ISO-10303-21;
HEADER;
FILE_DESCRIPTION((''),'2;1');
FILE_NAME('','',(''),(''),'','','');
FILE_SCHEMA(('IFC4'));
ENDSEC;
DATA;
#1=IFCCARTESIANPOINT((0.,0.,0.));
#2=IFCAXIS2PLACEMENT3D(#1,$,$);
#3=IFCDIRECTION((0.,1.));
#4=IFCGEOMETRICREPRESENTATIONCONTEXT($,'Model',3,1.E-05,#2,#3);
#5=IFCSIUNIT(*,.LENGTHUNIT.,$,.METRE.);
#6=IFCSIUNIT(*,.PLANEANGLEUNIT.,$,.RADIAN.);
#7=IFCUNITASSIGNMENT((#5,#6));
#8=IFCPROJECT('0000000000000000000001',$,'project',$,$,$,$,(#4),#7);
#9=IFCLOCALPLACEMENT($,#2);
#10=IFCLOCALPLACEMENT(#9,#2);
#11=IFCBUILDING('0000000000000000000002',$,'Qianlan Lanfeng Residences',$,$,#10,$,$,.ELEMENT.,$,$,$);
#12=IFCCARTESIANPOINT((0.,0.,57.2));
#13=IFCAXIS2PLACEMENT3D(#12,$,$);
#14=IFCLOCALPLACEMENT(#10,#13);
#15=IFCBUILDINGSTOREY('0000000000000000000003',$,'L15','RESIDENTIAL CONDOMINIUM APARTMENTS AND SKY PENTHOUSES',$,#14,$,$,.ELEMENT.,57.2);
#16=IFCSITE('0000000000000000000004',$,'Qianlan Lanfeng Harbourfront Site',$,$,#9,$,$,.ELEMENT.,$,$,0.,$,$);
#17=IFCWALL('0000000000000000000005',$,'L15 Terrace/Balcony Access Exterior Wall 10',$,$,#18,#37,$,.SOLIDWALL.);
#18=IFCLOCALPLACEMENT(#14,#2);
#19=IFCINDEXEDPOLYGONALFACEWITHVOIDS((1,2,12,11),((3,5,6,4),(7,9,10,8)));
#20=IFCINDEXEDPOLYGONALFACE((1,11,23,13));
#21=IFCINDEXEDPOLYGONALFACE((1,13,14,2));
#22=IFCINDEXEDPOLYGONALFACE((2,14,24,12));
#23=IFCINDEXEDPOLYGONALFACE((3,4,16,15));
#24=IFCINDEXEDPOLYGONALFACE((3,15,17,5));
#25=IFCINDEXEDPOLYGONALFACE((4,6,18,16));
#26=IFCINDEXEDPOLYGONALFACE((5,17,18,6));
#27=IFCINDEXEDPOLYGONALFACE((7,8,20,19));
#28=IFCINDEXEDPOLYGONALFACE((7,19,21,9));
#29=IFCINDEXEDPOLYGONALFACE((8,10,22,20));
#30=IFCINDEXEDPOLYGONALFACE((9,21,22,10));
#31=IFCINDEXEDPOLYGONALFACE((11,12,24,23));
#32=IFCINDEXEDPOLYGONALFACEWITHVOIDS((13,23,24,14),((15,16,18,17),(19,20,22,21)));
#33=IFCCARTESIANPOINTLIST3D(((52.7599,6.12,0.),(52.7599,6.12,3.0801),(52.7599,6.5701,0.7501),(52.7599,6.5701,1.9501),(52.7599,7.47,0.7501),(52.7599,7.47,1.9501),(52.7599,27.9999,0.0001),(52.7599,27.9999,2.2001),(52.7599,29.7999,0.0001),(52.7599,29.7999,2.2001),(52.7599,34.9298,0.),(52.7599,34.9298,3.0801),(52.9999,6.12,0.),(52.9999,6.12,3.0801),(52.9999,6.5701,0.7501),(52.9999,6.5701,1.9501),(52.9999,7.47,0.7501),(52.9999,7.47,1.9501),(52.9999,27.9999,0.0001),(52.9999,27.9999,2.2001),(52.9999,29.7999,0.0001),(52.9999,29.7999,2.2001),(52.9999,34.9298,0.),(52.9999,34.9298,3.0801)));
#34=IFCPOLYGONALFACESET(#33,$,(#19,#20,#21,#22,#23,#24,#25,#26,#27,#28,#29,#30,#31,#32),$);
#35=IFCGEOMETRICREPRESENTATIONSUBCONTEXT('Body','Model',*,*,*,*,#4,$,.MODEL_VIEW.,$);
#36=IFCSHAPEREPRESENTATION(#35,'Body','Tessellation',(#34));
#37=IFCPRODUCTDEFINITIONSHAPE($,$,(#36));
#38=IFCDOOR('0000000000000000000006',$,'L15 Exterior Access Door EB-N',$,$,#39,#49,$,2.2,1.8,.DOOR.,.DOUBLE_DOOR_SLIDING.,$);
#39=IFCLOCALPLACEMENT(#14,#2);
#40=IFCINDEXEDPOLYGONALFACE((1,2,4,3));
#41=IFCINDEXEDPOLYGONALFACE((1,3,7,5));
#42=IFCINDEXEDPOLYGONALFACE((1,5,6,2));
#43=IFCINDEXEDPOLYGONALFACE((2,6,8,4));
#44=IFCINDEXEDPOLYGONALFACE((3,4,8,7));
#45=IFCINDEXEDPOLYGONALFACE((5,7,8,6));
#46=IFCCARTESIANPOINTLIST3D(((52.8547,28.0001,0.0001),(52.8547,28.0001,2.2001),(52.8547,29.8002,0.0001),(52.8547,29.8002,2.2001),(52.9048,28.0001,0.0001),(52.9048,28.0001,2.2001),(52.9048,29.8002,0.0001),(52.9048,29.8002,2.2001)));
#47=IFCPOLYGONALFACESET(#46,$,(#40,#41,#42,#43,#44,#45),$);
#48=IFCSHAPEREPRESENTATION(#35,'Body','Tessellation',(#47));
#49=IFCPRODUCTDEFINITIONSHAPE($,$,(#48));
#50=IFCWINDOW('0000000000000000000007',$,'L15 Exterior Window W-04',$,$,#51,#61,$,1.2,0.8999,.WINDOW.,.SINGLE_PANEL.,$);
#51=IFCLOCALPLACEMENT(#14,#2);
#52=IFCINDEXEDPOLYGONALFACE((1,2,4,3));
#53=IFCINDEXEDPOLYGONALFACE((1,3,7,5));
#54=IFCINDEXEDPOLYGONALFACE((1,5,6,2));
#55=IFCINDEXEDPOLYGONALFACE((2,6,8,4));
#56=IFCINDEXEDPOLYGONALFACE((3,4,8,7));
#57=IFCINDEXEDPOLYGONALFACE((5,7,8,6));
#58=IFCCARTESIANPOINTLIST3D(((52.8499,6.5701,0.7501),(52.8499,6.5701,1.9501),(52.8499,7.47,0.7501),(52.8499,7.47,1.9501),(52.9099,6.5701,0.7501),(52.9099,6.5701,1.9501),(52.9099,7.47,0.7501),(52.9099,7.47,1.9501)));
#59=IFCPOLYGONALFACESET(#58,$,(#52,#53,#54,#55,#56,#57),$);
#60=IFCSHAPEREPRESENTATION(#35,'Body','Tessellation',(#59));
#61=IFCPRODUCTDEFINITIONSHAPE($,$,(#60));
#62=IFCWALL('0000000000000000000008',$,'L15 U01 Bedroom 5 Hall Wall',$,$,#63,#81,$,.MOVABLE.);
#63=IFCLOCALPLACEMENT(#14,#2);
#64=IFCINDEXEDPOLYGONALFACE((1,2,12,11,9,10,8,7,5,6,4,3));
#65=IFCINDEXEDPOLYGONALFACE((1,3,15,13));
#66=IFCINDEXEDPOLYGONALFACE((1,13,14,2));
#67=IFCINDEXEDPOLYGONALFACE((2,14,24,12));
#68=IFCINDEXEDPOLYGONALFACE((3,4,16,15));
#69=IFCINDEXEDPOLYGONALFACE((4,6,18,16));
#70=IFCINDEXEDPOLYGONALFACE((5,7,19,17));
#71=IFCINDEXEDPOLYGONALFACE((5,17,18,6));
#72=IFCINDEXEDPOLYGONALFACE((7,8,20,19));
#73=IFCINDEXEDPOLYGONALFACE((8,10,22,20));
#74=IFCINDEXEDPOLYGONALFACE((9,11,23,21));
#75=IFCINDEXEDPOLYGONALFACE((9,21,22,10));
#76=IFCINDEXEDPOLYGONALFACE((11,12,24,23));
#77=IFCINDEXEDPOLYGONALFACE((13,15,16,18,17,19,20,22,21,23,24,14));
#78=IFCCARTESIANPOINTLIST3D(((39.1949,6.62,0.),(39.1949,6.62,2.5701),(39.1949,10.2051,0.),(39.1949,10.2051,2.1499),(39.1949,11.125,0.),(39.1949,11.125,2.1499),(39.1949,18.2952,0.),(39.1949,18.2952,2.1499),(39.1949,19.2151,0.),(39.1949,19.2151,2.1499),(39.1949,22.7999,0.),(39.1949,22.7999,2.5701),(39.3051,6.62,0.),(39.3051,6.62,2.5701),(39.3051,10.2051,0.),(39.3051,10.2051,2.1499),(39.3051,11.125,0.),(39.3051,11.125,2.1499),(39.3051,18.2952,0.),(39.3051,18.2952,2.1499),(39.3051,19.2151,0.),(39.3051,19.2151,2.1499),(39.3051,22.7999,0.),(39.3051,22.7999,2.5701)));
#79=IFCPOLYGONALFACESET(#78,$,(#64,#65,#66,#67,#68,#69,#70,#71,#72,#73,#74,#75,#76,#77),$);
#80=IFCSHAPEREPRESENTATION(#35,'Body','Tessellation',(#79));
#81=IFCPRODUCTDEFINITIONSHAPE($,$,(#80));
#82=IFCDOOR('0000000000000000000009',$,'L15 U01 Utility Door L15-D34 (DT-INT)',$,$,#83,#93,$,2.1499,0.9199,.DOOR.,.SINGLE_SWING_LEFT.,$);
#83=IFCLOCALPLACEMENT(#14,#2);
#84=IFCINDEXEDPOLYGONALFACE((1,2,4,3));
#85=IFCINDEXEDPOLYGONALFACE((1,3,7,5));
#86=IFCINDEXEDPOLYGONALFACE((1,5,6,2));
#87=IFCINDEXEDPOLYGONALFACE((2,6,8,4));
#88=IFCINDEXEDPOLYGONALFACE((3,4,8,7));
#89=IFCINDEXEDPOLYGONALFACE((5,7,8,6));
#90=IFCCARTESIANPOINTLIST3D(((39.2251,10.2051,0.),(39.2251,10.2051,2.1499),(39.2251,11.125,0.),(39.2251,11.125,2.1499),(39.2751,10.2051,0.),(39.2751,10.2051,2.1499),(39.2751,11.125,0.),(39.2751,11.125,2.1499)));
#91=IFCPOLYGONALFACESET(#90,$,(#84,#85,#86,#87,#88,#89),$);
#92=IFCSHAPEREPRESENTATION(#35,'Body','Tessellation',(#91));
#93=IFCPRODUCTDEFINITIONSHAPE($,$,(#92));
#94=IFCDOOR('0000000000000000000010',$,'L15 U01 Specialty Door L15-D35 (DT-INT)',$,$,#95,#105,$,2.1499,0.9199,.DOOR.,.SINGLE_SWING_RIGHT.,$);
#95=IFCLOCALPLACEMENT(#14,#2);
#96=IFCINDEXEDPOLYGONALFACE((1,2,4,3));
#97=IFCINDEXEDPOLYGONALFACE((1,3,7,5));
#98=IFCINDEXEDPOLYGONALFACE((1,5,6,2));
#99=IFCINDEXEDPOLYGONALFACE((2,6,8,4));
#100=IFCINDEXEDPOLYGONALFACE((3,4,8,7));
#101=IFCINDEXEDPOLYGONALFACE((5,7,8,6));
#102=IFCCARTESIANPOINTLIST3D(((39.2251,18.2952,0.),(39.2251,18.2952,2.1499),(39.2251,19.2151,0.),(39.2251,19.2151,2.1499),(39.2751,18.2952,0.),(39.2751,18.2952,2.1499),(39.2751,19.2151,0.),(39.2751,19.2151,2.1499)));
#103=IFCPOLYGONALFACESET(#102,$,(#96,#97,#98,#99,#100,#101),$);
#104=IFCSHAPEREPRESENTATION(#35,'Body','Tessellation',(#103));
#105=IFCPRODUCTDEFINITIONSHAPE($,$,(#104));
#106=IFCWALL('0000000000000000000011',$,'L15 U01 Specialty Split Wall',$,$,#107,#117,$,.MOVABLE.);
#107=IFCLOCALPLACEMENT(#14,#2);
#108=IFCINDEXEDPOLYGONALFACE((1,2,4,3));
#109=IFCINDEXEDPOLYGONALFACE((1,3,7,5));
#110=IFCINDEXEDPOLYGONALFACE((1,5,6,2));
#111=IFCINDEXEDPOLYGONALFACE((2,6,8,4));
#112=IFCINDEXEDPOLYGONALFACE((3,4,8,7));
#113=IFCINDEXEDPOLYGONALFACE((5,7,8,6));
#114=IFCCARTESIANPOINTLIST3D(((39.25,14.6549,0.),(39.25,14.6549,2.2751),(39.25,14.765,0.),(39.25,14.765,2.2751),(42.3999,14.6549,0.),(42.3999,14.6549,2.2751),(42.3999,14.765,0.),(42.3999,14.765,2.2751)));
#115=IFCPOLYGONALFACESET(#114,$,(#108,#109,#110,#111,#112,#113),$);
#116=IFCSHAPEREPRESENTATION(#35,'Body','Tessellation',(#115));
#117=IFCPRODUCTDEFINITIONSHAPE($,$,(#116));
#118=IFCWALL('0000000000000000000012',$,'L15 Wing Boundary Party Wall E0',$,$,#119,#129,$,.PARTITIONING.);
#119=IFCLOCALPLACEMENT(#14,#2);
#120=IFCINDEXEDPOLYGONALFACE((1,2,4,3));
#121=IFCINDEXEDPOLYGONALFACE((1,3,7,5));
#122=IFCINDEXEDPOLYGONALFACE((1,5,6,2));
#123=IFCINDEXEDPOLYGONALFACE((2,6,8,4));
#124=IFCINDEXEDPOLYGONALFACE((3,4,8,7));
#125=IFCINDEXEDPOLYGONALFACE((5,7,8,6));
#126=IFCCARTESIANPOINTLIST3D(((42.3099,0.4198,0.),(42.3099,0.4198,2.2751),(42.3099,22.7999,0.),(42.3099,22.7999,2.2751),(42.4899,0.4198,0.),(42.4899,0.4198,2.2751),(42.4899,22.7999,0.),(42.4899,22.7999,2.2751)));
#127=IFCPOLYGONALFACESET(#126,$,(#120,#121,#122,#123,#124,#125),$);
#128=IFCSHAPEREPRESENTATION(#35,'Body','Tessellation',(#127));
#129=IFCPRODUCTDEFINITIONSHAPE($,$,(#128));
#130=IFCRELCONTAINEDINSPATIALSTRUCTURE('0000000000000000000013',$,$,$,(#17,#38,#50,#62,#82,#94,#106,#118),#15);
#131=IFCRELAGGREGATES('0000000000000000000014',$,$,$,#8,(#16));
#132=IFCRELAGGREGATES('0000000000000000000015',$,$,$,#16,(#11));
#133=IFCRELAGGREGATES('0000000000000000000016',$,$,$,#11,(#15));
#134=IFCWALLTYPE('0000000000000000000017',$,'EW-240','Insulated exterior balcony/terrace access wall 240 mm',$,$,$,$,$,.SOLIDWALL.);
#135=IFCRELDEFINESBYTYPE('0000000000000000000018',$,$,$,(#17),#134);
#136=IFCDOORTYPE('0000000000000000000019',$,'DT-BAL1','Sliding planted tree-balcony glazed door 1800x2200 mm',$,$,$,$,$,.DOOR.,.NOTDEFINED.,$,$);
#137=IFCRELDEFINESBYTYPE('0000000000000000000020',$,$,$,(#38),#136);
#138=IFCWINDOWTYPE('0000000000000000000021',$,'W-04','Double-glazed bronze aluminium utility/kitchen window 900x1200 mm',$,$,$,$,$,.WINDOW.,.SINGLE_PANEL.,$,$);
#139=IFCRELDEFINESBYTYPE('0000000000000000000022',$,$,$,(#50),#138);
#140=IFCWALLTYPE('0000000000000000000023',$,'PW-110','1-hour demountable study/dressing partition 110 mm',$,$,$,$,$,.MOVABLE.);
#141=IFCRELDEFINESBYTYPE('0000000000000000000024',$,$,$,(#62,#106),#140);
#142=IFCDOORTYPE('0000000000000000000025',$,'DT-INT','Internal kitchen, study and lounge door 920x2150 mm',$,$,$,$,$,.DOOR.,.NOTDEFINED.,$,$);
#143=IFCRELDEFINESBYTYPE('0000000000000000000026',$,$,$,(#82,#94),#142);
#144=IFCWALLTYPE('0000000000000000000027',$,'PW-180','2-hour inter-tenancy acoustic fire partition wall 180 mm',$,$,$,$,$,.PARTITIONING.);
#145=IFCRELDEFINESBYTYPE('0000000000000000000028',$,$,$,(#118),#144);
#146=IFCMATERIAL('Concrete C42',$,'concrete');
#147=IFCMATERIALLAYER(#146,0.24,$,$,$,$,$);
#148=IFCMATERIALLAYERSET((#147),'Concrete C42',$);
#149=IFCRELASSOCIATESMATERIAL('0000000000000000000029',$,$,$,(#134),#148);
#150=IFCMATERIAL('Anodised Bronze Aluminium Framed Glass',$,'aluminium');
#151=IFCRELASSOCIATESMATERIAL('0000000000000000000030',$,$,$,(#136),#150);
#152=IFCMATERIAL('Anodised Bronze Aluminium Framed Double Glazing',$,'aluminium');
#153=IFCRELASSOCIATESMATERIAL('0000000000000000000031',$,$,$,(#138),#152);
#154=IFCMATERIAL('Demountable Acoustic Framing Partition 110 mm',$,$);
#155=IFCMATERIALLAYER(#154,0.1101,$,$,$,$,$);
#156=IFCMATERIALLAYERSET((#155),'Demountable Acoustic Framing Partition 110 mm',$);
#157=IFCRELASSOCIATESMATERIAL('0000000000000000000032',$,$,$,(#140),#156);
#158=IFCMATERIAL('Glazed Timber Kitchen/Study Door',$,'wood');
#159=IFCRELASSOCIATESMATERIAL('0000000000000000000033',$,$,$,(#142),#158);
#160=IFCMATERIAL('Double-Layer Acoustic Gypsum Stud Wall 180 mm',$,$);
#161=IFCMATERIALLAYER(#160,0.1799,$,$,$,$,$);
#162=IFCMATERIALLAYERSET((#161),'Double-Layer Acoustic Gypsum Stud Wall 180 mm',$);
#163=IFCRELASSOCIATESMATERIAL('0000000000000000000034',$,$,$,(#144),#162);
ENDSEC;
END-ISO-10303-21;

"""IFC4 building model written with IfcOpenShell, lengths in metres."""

from ifc_helpers import new_model, si_unit, direction, frame, frame_2d, origin, place, context, subcontext, project, spatial, rectangle, extrude, material, layer, layer_set, type_object, element, fill, save


model = new_model("IFC4")

# Units and contexts
model_context = context("Model", 3, precision=1e-05, world=origin(), true_north=direction((0.0, 1.0)))
body_context = subcontext(model_context, "Body", "Model", "MODEL_VIEW")
ifc_project = project(units=[si_unit("LENGTHUNIT", "METRE"), si_unit("PLANEANGLEUNIT", "RADIAN")], contexts=[model_context])

# Site, building, storey
site_placement = place(None, origin())
site = spatial("IfcSite", under=ifc_project, at=site_placement, Name="Qianlan Lanfeng Harbourfront Site", CompositionType="ELEMENT", RefElevation=0.0)
building_placement = place(site_placement, origin())
building = spatial("IfcBuilding", under=site, at=building_placement, Name="Qianlan Lanfeng Residences", CompositionType="ELEMENT")
storey_placement = place(building_placement, frame((0.0, 0.0, 57.2)))
storey = spatial("IfcBuildingStorey", under=building, at=storey_placement, Name="L15", Description="RESIDENTIAL CONDOMINIUM APARTMENTS AND SKY PENTHOUSES", CompositionType="ELEMENT", Elevation=57.2)

# Shared definitions
ifc_material_1 = material(Name="Concrete C42", Category="concrete")
ifc_layer_1 = layer(ifc_material_1, 0.24)
ifc_layer_set_1 = layer_set([ifc_layer_1], Name="Concrete C42")
wall_type_1 = type_object("IfcWallType", Name="EW-240", Description="Insulated exterior balcony/terrace access wall 240 mm", PredefinedType="SOLIDWALL", material=ifc_layer_set_1)
ifc_material_2 = material(Name="Anodised Bronze Aluminium Framed Double Glazing", Category="aluminium")

# Wall, openings, door, window
wall_1_placement = place(storey_placement, frame((52.8799, 6.1201, 0.0), z_axis=(0.0, 0.0, 1.0), x_axis=(0.0, 1.0, 0.0)))
wall_1 = element("IfcWall", 1, at=wall_1_placement, inside=storey, type_object=wall_type_1, Name="L15 Terrace/Balcony Access Exterior Wall 10", PredefinedType="SOLIDWALL", context=body_context, shape_type="SweptSolid", body=[
    extrude(rectangle(XDim=28.8098, YDim=0.24, at=frame_2d((14.4048, 0.0))), origin(), (0.0, 0.0, 1.0), 3.0801),
])
opening_1_placement = place(wall_1_placement, frame((21.8799, 0.0, 0.0)))
opening_1 = element("IfcOpeningElement", 2, at=opening_1_placement, cuts=wall_1, PredefinedType="OPENING", context=body_context, shape_type="SweptSolid", body=[
    extrude(rectangle(XDim=1.8, YDim=2.2, at=frame_2d((0.8999, 1.1001))), frame((0.0, 0.1299, 0.0), z_axis=(0.0, -1.0, 0.0), x_axis=(1.0, 0.0, 0.0)), (0.0, 0.0, 1.0), 0.26),
])
opening_2_placement = place(wall_1_placement, frame((0.45, 0.0, 0.75)))
opening_2 = element("IfcOpeningElement", 3, at=opening_2_placement, cuts=wall_1, PredefinedType="OPENING", context=body_context, shape_type="SweptSolid", body=[
    extrude(rectangle(XDim=0.8999, YDim=1.2, at=frame_2d((0.45, 0.6001))), frame((0.0, 0.1299, 0.0), z_axis=(0.0, -1.0, 0.0), x_axis=(1.0, 0.0, 0.0)), (0.0, 0.0, 1.0), 0.26),
])
ifc_material_3 = material(Name="Anodised Bronze Aluminium Framed Glass", Category="aluminium")
door_type_1 = type_object("IfcDoorType", Name="DT-BAL1", Description="Sliding planted tree-balcony glazed door 1800x2200 mm", OperationType="NOTDEFINED", PredefinedType="DOOR", material=ifc_material_3)
door_1_placement = place(opening_1_placement, frame((1.8, 0.0, 0.0), z_axis=(0.0, 0.0, 1.0), x_axis=(-1.0, 0.0, 0.0)))
door_1 = element("IfcDoor", 4, at=door_1_placement, inside=storey, type_object=door_type_1, Name="L15 Exterior Access Door EB-N", OperationType="DOUBLE_DOOR_SLIDING", OverallHeight=2.2, OverallWidth=1.8, PredefinedType="DOOR", context=body_context, shape_type="SweptSolid", body=[
    extrude(rectangle(XDim=1.8, YDim=2.2, at=frame_2d((0.8999, 1.1001))), frame((0.0, 0.0249, 0.0), z_axis=(0.0, -1.0, 0.0), x_axis=(1.0, 0.0, 0.0)), (0.0, 0.0, 1.0), 0.05),
])
fill(opening_1, door_1)
window_type_1 = type_object("IfcWindowType", Name="W-04", Description="Double-glazed bronze aluminium utility/kitchen window 900x1200 mm", PartitioningType="SINGLE_PANEL", PredefinedType="WINDOW", material=ifc_material_2)
window_1_placement = place(opening_2_placement, origin())
window_1 = element("IfcWindow", 5, at=window_1_placement, inside=storey, type_object=window_type_1, Name="L15 Exterior Window W-04", OverallHeight=1.2, OverallWidth=0.8999, PartitioningType="SINGLE_PANEL", PredefinedType="WINDOW", context=body_context, shape_type="SweptSolid", body=[
    extrude(rectangle(XDim=0.8999, YDim=1.2, at=frame_2d((0.45, 0.6001))), frame((0.0, 0.03, 0.0), z_axis=(0.0, -1.0, 0.0), x_axis=(1.0, 0.0, 0.0)), (0.0, 0.0, 1.0), 0.0601),
])
fill(opening_2, window_1)

# Wall, openings, doors
ifc_material_4 = material(Name="Demountable Acoustic Framing Partition 110 mm")
ifc_layer_2 = layer(ifc_material_4, 0.1101)
ifc_layer_set_2 = layer_set([ifc_layer_2], Name="Demountable Acoustic Framing Partition 110 mm")
wall_type_2 = type_object("IfcWallType", Name="PW-110", Description="1-hour demountable study/dressing partition 110 mm", PredefinedType="MOVABLE", material=ifc_layer_set_2)
wall_2_placement = place(storey_placement, frame((39.25, 6.6201, 0.0), z_axis=(0.0, 0.0, 1.0), x_axis=(0.0, 1.0, 0.0)))
wall_2 = element("IfcWall", 6, at=wall_2_placement, inside=storey, type_object=wall_type_2, Name="L15 U01 Bedroom 5 Hall Wall", PredefinedType="MOVABLE", context=body_context, shape_type="SweptSolid", body=[
    extrude(rectangle(XDim=16.1799, YDim=0.1101, at=frame_2d((8.0898, 0.0))), origin(), (0.0, 0.0, 1.0), 2.5701),
])
opening_3_placement = place(wall_2_placement, frame((3.585, 0.0, 0.0)))
opening_3 = element("IfcOpeningElement", 7, at=opening_3_placement, cuts=wall_2, PredefinedType="OPENING", context=body_context, shape_type="SweptSolid", body=[
    extrude(rectangle(XDim=0.9199, YDim=2.1499, at=frame_2d((0.46, 1.075))), frame((0.0, 0.0649, 0.0), z_axis=(0.0, -1.0, 0.0), x_axis=(1.0, 0.0, 0.0)), (0.0, 0.0, 1.0), 0.1301),
])
opening_4_placement = place(wall_2_placement, frame((11.675, 0.0, 0.0)))
opening_4 = element("IfcOpeningElement", 8, at=opening_4_placement, cuts=wall_2, PredefinedType="OPENING", context=body_context, shape_type="SweptSolid", body=[
    extrude(rectangle(XDim=0.9199, YDim=2.1499, at=frame_2d((0.46, 1.075))), frame((0.0, 0.0649, 0.0), z_axis=(0.0, -1.0, 0.0), x_axis=(1.0, 0.0, 0.0)), (0.0, 0.0, 1.0), 0.1301),
])
ifc_material_5 = material(Name="Glazed Timber Kitchen/Study Door", Category="wood")
door_type_2 = type_object("IfcDoorType", Name="DT-INT", Description="Internal kitchen, study and lounge door 920x2150 mm", OperationType="NOTDEFINED", PredefinedType="DOOR", material=ifc_material_5)
door_2_placement = place(opening_3_placement, origin())
door_2 = element("IfcDoor", 9, at=door_2_placement, inside=storey, type_object=door_type_2, Name="L15 U01 Utility Door L15-D34 (DT-INT)", OperationType="SINGLE_SWING_LEFT", OverallHeight=2.1499, OverallWidth=0.9199, PredefinedType="DOOR", context=body_context, shape_type="SweptSolid", body=[
    extrude(rectangle(XDim=0.9199, YDim=2.1499, at=frame_2d((0.46, 1.075))), frame((0.0, 0.0249, 0.0), z_axis=(0.0, -1.0, 0.0), x_axis=(1.0, 0.0, 0.0)), (0.0, 0.0, 1.0), 0.05),
])
fill(opening_3, door_2)
door_3_placement = place(opening_4_placement, origin())
door_3 = element("IfcDoor", 10, at=door_3_placement, inside=storey, type_object=door_type_2, Name="L15 U01 Specialty Door L15-D35 (DT-INT)", OperationType="SINGLE_SWING_RIGHT", OverallHeight=2.1499, OverallWidth=0.9199, PredefinedType="DOOR", context=body_context, shape_type="SweptSolid", body=[
    extrude(rectangle(XDim=0.9199, YDim=2.1499, at=frame_2d((0.46, 1.075))), frame((0.0, 0.0249, 0.0), z_axis=(0.0, -1.0, 0.0), x_axis=(1.0, 0.0, 0.0)), (0.0, 0.0, 1.0), 0.05),
])
fill(opening_4, door_3)

# Walls
wall_3_placement = place(storey_placement, frame((39.25, 14.71, 0.0), z_axis=(0.0, 0.0, 1.0), x_axis=(1.0, 0.0, 0.0)))
element("IfcWall", 11, at=wall_3_placement, inside=storey, type_object=wall_type_2, Name="L15 U01 Specialty Split Wall", PredefinedType="MOVABLE", context=body_context, shape_type="SweptSolid", body=[
    extrude(rectangle(XDim=3.1499, YDim=0.1101, at=frame_2d((1.575, 0.0))), origin(), (0.0, 0.0, 1.0), 2.2751),
])
ifc_material_6 = material(Name="Double-Layer Acoustic Gypsum Stud Wall 180 mm")
ifc_layer_3 = layer(ifc_material_6, 0.1799)
ifc_layer_set_3 = layer_set([ifc_layer_3], Name="Double-Layer Acoustic Gypsum Stud Wall 180 mm")
wall_type_3 = type_object("IfcWallType", Name="PW-180", Description="2-hour inter-tenancy acoustic fire partition wall 180 mm", PredefinedType="PARTITIONING", material=ifc_layer_set_3)
wall_4_placement = place(storey_placement, frame((42.3999, 0.4199, 0.0), z_axis=(0.0, 0.0, 1.0), x_axis=(0.0, 1.0, 0.0)))
element("IfcWall", 12, at=wall_4_placement, inside=storey, type_object=wall_type_3, Name="L15 Wing Boundary Party Wall E0", PredefinedType="PARTITIONING", context=body_context, shape_type="SweptSolid", body=[
    extrude(rectangle(XDim=22.3801, YDim=0.1799, at=frame_2d((11.1899, 0.0))), origin(), (0.0, 0.0, 1.0), 2.2751),
])

save(model, "model.ifc")
